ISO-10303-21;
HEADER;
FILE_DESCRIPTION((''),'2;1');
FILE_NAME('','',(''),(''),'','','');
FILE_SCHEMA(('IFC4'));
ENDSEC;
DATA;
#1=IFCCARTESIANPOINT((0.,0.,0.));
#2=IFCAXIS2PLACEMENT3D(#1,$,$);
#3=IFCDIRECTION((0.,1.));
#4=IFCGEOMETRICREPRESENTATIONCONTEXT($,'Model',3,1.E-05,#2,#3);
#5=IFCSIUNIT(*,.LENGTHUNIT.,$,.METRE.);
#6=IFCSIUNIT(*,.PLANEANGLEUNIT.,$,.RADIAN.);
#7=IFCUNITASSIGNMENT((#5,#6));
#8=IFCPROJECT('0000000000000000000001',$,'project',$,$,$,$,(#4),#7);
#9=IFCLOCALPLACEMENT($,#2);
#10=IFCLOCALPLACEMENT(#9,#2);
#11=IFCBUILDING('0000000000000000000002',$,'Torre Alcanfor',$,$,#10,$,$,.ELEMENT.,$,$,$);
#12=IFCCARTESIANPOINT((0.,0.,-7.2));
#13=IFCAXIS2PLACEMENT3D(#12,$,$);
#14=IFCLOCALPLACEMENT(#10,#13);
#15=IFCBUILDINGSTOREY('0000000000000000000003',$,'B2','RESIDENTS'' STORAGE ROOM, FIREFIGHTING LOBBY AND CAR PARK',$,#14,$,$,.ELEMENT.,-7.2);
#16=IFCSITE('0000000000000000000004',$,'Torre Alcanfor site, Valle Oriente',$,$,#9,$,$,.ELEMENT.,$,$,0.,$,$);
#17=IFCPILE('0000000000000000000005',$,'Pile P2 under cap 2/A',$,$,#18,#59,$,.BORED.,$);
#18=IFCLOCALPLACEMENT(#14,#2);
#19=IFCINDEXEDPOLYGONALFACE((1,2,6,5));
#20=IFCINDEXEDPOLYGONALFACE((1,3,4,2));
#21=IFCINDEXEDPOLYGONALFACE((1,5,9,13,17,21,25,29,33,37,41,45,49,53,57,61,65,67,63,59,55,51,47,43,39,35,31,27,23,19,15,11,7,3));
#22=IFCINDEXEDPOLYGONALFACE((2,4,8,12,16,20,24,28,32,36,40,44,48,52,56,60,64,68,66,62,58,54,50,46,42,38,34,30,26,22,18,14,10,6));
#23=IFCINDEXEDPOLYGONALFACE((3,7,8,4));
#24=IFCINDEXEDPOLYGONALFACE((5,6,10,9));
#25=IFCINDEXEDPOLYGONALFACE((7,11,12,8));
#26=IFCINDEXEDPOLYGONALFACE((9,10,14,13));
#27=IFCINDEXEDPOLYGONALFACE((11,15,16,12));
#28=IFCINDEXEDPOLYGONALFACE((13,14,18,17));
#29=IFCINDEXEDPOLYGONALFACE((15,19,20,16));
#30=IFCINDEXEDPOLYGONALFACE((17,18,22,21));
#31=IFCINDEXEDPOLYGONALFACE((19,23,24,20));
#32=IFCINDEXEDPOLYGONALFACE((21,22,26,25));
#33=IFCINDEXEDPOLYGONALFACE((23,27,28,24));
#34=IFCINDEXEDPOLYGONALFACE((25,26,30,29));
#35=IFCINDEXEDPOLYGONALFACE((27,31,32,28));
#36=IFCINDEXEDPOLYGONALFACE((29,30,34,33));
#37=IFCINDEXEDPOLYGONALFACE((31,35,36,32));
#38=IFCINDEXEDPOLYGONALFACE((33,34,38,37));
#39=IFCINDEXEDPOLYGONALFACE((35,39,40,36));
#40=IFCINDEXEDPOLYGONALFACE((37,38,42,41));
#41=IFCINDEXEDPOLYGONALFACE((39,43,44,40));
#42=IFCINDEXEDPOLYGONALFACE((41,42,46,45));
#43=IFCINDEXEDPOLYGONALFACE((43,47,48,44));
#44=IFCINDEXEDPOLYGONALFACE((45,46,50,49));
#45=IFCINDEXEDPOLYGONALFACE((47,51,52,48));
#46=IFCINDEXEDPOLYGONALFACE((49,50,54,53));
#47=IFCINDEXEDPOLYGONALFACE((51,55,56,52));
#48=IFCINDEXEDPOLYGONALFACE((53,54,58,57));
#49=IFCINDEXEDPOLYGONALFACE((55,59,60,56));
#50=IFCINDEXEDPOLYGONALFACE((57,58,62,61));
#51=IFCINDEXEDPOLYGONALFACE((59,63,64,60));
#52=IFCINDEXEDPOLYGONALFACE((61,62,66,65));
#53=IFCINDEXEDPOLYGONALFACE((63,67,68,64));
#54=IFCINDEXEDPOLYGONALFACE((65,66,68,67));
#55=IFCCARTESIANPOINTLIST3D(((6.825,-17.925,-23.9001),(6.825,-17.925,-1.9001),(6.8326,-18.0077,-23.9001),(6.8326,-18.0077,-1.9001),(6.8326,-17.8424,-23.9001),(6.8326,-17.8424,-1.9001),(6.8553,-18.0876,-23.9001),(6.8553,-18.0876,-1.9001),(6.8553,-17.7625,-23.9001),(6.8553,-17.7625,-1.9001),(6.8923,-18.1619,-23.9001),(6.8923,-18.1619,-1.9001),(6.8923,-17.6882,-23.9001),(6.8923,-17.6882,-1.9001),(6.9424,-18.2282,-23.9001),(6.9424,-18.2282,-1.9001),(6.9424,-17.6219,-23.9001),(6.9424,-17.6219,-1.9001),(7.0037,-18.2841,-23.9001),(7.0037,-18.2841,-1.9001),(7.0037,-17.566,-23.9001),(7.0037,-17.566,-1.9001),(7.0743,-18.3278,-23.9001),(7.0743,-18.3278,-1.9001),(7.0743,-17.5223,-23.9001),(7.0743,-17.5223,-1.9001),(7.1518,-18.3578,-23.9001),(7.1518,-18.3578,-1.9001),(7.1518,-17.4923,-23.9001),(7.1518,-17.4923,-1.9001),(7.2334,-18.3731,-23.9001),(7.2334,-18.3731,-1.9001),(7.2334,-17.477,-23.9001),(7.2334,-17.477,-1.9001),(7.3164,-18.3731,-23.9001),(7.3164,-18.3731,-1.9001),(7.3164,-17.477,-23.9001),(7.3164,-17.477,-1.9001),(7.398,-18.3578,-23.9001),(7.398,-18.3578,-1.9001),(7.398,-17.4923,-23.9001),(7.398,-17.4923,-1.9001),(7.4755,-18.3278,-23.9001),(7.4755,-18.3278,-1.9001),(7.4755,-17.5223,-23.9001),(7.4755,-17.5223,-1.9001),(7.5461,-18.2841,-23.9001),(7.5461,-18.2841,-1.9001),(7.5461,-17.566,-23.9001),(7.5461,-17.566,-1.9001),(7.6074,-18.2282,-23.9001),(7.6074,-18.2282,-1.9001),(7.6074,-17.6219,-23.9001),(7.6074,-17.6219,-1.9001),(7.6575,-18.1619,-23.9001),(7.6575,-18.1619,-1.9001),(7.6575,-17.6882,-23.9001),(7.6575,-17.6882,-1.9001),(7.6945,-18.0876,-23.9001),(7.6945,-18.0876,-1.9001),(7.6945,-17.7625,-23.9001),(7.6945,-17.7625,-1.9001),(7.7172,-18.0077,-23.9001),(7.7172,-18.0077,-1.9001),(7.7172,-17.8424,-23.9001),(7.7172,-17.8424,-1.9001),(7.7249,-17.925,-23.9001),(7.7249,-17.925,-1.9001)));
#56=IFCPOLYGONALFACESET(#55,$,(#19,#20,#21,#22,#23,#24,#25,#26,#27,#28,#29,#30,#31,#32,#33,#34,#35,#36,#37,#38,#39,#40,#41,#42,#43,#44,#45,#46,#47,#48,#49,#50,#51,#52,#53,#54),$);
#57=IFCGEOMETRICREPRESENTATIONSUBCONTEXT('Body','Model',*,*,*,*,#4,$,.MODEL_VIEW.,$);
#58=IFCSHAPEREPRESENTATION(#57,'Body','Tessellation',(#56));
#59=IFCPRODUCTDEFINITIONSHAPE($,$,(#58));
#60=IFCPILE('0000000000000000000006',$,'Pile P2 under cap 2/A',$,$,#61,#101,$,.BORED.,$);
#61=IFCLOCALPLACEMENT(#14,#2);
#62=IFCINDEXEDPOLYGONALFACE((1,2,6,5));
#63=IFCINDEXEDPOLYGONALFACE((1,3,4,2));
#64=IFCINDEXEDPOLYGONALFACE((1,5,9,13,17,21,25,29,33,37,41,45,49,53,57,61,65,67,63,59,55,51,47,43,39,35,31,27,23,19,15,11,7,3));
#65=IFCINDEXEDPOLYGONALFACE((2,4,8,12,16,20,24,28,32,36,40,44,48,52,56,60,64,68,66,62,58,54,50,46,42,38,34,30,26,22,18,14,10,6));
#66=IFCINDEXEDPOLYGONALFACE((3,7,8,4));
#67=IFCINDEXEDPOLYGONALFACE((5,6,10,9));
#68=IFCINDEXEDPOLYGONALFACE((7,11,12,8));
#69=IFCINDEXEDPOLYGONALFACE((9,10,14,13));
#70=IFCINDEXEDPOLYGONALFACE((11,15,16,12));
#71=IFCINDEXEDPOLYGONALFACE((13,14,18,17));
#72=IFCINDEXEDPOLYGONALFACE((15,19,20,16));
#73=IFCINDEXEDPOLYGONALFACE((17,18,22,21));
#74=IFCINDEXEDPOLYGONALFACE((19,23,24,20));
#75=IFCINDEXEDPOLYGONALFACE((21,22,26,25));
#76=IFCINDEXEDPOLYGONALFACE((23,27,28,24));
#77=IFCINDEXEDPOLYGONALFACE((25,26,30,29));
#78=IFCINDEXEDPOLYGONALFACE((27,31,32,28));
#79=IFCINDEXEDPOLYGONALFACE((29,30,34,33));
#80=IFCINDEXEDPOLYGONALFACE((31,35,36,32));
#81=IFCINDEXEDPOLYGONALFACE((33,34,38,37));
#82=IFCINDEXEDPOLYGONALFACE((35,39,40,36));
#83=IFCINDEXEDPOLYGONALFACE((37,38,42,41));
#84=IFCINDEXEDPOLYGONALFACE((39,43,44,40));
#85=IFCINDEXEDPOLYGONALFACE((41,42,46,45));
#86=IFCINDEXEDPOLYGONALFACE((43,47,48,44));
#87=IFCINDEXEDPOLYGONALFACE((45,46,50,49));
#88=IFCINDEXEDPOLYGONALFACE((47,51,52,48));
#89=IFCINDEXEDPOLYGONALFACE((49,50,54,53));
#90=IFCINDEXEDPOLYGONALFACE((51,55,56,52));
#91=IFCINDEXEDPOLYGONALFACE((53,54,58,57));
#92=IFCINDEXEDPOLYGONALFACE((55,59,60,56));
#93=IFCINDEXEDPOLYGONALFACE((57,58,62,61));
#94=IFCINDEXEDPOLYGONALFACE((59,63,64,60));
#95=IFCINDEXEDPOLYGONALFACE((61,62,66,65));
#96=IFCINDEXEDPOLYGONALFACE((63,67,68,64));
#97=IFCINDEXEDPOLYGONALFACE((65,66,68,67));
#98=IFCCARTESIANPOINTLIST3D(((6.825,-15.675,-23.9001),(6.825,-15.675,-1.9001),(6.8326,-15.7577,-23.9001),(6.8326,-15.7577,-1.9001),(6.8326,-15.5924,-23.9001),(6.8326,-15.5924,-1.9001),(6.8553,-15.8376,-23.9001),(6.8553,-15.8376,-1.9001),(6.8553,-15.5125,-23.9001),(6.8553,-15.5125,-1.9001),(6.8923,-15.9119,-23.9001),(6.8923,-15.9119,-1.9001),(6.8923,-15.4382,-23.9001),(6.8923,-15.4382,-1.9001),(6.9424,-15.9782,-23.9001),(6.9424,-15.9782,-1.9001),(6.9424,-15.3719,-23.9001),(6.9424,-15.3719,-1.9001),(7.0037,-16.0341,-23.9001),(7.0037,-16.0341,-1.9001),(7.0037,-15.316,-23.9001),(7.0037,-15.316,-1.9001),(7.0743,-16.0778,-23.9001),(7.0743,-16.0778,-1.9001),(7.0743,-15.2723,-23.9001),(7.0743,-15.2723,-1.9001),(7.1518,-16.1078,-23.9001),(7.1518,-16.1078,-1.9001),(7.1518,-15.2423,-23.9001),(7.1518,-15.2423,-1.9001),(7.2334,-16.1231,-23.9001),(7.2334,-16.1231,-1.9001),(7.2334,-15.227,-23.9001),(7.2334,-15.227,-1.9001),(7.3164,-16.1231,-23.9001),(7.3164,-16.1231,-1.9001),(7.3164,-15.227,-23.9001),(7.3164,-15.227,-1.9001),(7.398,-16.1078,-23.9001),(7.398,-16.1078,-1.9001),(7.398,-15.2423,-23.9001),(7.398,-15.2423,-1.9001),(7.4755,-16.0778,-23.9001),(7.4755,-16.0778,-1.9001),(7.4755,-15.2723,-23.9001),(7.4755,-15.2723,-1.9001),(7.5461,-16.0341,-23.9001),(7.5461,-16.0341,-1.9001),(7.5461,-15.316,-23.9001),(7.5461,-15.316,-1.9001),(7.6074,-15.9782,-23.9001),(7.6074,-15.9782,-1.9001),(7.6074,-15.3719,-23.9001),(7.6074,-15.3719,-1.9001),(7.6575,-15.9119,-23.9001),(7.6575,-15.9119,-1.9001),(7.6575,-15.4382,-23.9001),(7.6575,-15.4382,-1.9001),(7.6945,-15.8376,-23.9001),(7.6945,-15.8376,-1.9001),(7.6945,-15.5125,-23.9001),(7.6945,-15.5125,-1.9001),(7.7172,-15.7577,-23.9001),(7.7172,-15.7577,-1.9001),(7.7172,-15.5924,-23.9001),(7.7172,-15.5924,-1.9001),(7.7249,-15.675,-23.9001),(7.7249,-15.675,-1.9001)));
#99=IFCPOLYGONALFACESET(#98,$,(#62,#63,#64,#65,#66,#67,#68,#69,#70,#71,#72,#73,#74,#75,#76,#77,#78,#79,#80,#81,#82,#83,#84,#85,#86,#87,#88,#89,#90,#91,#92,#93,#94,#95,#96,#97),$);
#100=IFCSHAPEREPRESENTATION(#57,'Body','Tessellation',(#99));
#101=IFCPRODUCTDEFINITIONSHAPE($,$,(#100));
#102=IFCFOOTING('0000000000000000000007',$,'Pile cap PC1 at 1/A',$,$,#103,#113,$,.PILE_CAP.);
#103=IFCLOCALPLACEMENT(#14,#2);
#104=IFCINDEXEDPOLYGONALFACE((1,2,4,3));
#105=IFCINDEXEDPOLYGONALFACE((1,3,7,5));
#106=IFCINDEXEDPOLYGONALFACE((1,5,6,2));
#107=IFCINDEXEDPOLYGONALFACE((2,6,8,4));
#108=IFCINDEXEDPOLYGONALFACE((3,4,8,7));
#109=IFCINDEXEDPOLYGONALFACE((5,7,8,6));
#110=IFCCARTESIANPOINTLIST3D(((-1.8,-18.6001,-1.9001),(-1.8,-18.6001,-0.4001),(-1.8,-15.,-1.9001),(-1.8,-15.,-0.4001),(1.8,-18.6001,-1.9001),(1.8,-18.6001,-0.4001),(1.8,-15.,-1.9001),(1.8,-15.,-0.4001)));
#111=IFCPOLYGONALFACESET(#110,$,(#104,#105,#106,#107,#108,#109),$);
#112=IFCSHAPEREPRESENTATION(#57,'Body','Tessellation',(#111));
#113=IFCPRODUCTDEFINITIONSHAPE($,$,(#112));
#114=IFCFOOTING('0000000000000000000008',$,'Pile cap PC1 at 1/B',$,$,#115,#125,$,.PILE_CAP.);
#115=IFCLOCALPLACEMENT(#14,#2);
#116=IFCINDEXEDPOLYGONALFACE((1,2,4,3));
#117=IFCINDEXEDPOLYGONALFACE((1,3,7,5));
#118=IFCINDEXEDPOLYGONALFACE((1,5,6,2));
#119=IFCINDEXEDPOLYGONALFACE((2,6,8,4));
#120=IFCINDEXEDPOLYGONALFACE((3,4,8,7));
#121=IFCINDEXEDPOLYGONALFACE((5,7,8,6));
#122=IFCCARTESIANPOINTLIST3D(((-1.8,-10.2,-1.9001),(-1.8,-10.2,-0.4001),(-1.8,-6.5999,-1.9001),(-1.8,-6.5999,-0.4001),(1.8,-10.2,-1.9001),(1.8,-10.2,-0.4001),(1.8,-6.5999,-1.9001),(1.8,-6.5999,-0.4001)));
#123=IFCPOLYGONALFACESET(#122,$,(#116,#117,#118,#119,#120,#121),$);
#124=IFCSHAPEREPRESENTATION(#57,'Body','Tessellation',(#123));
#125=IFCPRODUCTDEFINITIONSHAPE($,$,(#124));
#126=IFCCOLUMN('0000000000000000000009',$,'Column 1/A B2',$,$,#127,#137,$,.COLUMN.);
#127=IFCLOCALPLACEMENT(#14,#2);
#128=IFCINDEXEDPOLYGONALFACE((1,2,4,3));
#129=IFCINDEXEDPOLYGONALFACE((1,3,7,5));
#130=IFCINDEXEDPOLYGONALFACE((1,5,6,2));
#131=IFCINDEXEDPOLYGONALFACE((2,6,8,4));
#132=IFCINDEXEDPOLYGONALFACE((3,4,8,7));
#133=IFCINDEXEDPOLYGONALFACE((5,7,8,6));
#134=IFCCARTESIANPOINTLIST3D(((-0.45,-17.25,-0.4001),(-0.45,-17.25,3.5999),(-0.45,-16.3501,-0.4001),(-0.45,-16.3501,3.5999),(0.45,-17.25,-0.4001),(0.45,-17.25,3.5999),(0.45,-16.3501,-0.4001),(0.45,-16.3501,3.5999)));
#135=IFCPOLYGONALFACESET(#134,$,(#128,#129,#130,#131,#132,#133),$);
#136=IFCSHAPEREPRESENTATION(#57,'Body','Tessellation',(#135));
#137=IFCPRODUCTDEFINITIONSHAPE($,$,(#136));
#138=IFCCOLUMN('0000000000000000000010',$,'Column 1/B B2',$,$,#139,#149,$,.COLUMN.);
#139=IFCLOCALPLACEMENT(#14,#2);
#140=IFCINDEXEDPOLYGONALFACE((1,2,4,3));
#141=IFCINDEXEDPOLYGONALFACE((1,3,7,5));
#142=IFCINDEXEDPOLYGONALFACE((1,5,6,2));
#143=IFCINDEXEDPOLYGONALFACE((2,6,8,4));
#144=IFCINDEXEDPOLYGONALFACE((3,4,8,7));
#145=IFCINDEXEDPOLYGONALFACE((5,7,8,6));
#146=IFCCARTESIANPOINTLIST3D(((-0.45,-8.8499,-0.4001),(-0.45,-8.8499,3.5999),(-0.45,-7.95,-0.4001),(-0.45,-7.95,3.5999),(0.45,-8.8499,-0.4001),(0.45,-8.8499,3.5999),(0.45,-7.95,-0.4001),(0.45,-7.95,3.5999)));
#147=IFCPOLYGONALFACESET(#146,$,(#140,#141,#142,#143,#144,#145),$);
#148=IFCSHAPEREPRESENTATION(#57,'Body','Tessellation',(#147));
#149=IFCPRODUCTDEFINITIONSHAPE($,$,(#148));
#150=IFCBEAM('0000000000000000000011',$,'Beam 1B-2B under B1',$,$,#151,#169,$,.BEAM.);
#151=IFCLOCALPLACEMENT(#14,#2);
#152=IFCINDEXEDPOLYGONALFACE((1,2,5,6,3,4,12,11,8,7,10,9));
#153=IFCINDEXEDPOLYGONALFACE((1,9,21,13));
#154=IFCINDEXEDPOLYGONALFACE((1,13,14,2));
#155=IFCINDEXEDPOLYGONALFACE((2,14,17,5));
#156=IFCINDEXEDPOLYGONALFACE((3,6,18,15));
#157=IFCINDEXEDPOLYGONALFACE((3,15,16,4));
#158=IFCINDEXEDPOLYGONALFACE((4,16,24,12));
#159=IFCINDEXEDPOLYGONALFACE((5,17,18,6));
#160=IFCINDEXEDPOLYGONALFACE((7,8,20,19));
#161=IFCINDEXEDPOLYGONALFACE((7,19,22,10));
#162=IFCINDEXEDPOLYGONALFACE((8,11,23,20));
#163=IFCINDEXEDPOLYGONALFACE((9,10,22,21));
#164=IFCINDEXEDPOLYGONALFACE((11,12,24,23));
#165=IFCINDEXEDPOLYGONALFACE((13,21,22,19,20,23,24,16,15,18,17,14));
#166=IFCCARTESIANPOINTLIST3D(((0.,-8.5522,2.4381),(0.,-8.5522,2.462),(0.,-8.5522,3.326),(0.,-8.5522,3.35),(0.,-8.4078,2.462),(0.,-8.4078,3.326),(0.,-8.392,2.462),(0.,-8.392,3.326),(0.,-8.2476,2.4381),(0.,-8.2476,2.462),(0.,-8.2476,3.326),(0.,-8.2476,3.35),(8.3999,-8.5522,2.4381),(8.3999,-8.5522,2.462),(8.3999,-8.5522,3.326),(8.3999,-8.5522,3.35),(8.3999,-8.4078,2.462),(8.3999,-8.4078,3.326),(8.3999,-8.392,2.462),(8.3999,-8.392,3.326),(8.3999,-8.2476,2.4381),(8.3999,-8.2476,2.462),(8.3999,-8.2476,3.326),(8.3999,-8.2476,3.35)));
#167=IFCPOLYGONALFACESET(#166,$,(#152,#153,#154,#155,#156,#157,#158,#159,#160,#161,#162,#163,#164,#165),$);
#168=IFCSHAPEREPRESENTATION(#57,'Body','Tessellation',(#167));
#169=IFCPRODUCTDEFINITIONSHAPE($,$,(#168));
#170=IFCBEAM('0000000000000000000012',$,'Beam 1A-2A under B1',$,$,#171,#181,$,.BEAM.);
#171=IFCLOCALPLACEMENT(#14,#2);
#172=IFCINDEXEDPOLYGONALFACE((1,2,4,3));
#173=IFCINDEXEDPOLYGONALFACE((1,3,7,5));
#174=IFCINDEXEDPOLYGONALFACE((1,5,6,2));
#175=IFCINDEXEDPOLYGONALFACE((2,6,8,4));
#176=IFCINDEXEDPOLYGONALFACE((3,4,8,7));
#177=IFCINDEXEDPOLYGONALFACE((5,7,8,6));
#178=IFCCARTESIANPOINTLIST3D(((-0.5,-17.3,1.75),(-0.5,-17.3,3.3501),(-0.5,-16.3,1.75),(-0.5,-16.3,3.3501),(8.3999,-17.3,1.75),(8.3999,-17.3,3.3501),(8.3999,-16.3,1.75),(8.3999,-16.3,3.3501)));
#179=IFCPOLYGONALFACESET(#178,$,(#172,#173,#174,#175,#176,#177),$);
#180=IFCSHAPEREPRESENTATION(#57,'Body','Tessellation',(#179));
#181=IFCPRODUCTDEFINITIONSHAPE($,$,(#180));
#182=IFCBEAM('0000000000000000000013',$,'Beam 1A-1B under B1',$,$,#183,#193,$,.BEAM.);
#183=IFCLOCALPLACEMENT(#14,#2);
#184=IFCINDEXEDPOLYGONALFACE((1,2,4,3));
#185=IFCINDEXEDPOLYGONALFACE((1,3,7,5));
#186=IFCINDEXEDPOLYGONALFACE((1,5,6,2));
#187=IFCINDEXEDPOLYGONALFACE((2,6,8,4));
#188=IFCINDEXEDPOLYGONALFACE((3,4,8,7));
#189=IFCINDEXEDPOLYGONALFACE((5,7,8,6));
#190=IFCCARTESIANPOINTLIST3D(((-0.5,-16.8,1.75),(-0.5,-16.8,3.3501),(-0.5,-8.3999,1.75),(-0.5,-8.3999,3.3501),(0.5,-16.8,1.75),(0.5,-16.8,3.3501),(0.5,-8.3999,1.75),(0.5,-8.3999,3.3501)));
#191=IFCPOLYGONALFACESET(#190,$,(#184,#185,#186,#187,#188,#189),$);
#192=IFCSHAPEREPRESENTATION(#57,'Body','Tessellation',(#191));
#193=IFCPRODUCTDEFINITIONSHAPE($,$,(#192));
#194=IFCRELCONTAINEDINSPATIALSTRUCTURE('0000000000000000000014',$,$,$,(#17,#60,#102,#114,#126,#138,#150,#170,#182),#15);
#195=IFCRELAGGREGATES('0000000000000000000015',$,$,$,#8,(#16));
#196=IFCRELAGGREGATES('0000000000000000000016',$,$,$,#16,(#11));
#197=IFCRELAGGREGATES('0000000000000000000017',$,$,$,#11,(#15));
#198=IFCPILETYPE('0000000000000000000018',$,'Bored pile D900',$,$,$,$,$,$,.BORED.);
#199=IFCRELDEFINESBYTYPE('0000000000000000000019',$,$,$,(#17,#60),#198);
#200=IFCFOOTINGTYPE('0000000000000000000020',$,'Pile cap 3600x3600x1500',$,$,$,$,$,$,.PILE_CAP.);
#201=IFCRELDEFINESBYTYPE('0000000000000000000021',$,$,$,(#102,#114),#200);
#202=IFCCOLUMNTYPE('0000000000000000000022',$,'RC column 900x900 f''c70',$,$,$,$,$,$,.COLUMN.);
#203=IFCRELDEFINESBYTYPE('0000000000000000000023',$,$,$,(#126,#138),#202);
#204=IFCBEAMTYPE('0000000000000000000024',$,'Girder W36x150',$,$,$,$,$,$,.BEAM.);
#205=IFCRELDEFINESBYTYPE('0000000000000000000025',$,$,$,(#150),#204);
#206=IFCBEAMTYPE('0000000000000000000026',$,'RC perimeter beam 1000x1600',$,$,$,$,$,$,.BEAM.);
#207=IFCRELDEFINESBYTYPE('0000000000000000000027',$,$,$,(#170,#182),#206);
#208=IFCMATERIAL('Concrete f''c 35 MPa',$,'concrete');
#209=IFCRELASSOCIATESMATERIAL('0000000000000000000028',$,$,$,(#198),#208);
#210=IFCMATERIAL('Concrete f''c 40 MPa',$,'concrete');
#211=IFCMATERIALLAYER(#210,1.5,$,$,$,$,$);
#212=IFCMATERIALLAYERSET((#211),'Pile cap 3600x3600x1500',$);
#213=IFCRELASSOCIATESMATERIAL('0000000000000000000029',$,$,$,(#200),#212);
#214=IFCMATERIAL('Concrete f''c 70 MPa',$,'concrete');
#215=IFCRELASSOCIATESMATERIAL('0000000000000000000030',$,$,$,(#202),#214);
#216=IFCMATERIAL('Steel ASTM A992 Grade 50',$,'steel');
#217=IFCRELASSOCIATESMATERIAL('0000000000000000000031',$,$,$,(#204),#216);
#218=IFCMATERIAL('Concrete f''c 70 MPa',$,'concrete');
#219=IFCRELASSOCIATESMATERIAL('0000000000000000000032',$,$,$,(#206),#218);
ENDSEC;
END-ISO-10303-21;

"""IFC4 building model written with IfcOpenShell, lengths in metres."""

from ifc_helpers import new_model, si_unit, direction, frame, origin, origin_2d, place, context, subcontext, project, spatial, rectangle, circle, i_section, extrude, material, layer, layer_set, material_profile, profile_set, type_object, element, save


model = new_model("IFC4")

# Units and contexts
model_context = context("Model", 3, precision=1e-05, world=origin(), true_north=direction((0.0, 1.0)))
body_context = subcontext(model_context, "Body", "Model", "MODEL_VIEW")
ifc_project = project(units=[si_unit("LENGTHUNIT", "METRE"), si_unit("PLANEANGLEUNIT", "RADIAN")], contexts=[model_context])

# Site, building, storey
site_placement = place(None, origin())
site = spatial("IfcSite", under=ifc_project, at=site_placement, Name="Torre Alcanfor site, Valle Oriente", CompositionType="ELEMENT", RefElevation=0.0)
building_placement = place(site_placement, origin())
building = spatial("IfcBuilding", under=site, at=building_placement, Name="Torre Alcanfor", CompositionType="ELEMENT")
storey_placement = place(building_placement, frame((0.0, 0.0, -7.2)))
storey = spatial("IfcBuildingStorey", under=building, at=storey_placement, Name="B2", Description="RESIDENTS' STORAGE ROOM, FIREFIGHTING LOBBY AND CAR PARK", CompositionType="ELEMENT", Elevation=-7.2)

# Piles
ifc_material_1 = material(Name="Concrete f'c 35 MPa", Category="concrete")
ifc_material_profile_1 = material_profile(ifc_material_1, circle(Radius=0.45, at=origin_2d()), Name="D900")
ifc_profile_set_1 = profile_set([ifc_material_profile_1], Name="Concrete f'c 35 MPa")
pile_type = type_object("IfcPileType", Name="Bored pile D900", PredefinedType="BORED", material=ifc_profile_set_1)
for number, where, z_axis, x_axis, name in (
    (1, (7.2749, -17.925, -1.9001), (0.0, 0.0, -1.0), (1.0, 0.0, 0.0), "Pile P2 under cap 2/A"),
    (2, (7.2749, -15.675, -1.9001), (0.0, 0.0, -1.0), (1.0, 0.0, 0.0), "Pile P2 under cap 2/A"),
):
    element("IfcPile", number, at=place(storey_placement, frame(where, z_axis=z_axis, x_axis=x_axis)), inside=storey, type_object=pile_type, Name=name, PredefinedType="BORED", context=body_context, shape_type="SweptSolid", body=[
        extrude(circle(Radius=0.45, at=origin_2d()), origin(), (0.0, 0.0, 1.0), 22.0),
    ])

# Footings
ifc_material_2 = material(Name="Concrete f'c 40 MPa", Category="concrete")
ifc_layer_1 = layer(ifc_material_2, 1.5)
ifc_layer_set_1 = layer_set([ifc_layer_1], Name="Pile cap 3600x3600x1500")
footing_type = type_object("IfcFootingType", Name="Pile cap 3600x3600x1500", PredefinedType="PILE_CAP", material=ifc_layer_set_1)
for number, where, z_axis, x_axis, name in (
    (3, (0.0, -16.8, -1.9001), (0.0, 0.0, 1.0), (1.0, 0.0, 0.0), "Pile cap PC1 at 1/A"),
    (4, (0.0, -8.3999, -1.9001), (0.0, 0.0, 1.0), (1.0, 0.0, 0.0), "Pile cap PC1 at 1/B"),
):
    element("IfcFooting", number, at=place(storey_placement, frame(where, z_axis=z_axis, x_axis=x_axis)), inside=storey, type_object=footing_type, Name=name, PredefinedType="PILE_CAP", context=body_context, shape_type="SweptSolid", body=[
        extrude(rectangle(XDim=3.6001, YDim=3.6001, at=origin_2d()), origin(), (0.0, 0.0, 1.0), 1.5),
    ])

# Columns
ifc_material_3 = material(Name="Concrete f'c 70 MPa", Category="concrete")
ifc_material_profile_2 = material_profile(ifc_material_3, rectangle(XDim=0.8999, YDim=0.8999, at=origin_2d()), Name="900x900")
ifc_profile_set_2 = profile_set([ifc_material_profile_2], Name="Concrete f'c 70 MPa")
column_type = type_object("IfcColumnType", Name="RC column 900x900 f'c70", PredefinedType="COLUMN", material=ifc_profile_set_2)
for number, where, z_axis, x_axis, name in (
    (5, (0.0, -16.8, -0.4001), (0.0, 0.0, 1.0), (1.0, 0.0, 0.0), "Column 1/A B2"),
    (6, (0.0, -8.3999, -0.4001), (0.0, 0.0, 1.0), (1.0, 0.0, 0.0), "Column 1/B B2"),
):
    element("IfcColumn", number, at=place(storey_placement, frame(where, z_axis=z_axis, x_axis=x_axis)), inside=storey, type_object=column_type, Name=name, PredefinedType="COLUMN", context=body_context, shape_type="SweptSolid", body=[
        extrude(rectangle(XDim=0.8999, YDim=0.8999, at=origin_2d()), origin(), (0.0, 0.0, 1.0), 4.0),
    ])

# Beams
ifc_material_4 = material(Name="Steel ASTM A992 Grade 50", Category="steel")
ifc_material_profile_3 = material_profile(ifc_material_4, i_section(OverallWidth=0.3047, OverallDepth=0.9119, WebThickness=0.0159, FlangeThickness=0.0239, at=origin_2d()), Name="W36x150")
ifc_profile_set_3 = profile_set([ifc_material_profile_3], Name="Steel ASTM A992 Grade 50")
beam_type_1 = type_object("IfcBeamType", Name="Girder W36x150", PredefinedType="BEAM", material=ifc_profile_set_3)
beam_1_placement = place(storey_placement, frame((0.0, -8.3999, 2.894), z_axis=(1.0, 0.0, 0.0), x_axis=(0.0, 1.0, 0.0)))
element("IfcBeam", 7, at=beam_1_placement, inside=storey, type_object=beam_type_1, Name="Beam 1B-2B under B1", PredefinedType="BEAM", context=body_context, shape_type="SweptSolid", body=[
    extrude(i_section(OverallWidth=0.3047, OverallDepth=0.9119, WebThickness=0.0159, FlangeThickness=0.0239, at=origin_2d()), origin(), (0.0, 0.0, 1.0), 8.3999),
])
ifc_material_5 = material(Name="Concrete f'c 70 MPa", Category="concrete")
ifc_material_profile_4 = material_profile(ifc_material_5, rectangle(XDim=1.0, YDim=1.6001, at=origin_2d()), Name="1000x1600")
ifc_profile_set_4 = profile_set([ifc_material_profile_4], Name="Concrete f'c 70 MPa")
beam_type_2 = type_object("IfcBeamType", Name="RC perimeter beam 1000x1600", PredefinedType="BEAM", material=ifc_profile_set_4)
beam_2_placement = place(storey_placement, frame((-0.5, -16.8, 2.55), z_axis=(1.0, 0.0, 0.0), x_axis=(0.0, 1.0, 0.0)))
element("IfcBeam", 8, at=beam_2_placement, inside=storey, type_object=beam_type_2, Name="Beam 1A-2A under B1", PredefinedType="BEAM", context=body_context, shape_type="SweptSolid", body=[
    extrude(rectangle(XDim=1.0, YDim=1.6001, at=origin_2d()), origin(), (0.0, 0.0, 1.0), 8.8999),
])
beam_3_placement = place(storey_placement, frame((0.0, -16.8, 2.55), z_axis=(0.0, 1.0, 0.0), x_axis=(-1.0, 0.0, 0.0)))
element("IfcBeam", 9, at=beam_3_placement, inside=storey, type_object=beam_type_2, Name="Beam 1A-1B under B1", PredefinedType="BEAM", context=body_context, shape_type="SweptSolid", body=[
    extrude(rectangle(XDim=1.0, YDim=1.6001, at=origin_2d()), origin(), (0.0, 0.0, 1.0), 8.4001),
])

save(model, "model.ifc")
